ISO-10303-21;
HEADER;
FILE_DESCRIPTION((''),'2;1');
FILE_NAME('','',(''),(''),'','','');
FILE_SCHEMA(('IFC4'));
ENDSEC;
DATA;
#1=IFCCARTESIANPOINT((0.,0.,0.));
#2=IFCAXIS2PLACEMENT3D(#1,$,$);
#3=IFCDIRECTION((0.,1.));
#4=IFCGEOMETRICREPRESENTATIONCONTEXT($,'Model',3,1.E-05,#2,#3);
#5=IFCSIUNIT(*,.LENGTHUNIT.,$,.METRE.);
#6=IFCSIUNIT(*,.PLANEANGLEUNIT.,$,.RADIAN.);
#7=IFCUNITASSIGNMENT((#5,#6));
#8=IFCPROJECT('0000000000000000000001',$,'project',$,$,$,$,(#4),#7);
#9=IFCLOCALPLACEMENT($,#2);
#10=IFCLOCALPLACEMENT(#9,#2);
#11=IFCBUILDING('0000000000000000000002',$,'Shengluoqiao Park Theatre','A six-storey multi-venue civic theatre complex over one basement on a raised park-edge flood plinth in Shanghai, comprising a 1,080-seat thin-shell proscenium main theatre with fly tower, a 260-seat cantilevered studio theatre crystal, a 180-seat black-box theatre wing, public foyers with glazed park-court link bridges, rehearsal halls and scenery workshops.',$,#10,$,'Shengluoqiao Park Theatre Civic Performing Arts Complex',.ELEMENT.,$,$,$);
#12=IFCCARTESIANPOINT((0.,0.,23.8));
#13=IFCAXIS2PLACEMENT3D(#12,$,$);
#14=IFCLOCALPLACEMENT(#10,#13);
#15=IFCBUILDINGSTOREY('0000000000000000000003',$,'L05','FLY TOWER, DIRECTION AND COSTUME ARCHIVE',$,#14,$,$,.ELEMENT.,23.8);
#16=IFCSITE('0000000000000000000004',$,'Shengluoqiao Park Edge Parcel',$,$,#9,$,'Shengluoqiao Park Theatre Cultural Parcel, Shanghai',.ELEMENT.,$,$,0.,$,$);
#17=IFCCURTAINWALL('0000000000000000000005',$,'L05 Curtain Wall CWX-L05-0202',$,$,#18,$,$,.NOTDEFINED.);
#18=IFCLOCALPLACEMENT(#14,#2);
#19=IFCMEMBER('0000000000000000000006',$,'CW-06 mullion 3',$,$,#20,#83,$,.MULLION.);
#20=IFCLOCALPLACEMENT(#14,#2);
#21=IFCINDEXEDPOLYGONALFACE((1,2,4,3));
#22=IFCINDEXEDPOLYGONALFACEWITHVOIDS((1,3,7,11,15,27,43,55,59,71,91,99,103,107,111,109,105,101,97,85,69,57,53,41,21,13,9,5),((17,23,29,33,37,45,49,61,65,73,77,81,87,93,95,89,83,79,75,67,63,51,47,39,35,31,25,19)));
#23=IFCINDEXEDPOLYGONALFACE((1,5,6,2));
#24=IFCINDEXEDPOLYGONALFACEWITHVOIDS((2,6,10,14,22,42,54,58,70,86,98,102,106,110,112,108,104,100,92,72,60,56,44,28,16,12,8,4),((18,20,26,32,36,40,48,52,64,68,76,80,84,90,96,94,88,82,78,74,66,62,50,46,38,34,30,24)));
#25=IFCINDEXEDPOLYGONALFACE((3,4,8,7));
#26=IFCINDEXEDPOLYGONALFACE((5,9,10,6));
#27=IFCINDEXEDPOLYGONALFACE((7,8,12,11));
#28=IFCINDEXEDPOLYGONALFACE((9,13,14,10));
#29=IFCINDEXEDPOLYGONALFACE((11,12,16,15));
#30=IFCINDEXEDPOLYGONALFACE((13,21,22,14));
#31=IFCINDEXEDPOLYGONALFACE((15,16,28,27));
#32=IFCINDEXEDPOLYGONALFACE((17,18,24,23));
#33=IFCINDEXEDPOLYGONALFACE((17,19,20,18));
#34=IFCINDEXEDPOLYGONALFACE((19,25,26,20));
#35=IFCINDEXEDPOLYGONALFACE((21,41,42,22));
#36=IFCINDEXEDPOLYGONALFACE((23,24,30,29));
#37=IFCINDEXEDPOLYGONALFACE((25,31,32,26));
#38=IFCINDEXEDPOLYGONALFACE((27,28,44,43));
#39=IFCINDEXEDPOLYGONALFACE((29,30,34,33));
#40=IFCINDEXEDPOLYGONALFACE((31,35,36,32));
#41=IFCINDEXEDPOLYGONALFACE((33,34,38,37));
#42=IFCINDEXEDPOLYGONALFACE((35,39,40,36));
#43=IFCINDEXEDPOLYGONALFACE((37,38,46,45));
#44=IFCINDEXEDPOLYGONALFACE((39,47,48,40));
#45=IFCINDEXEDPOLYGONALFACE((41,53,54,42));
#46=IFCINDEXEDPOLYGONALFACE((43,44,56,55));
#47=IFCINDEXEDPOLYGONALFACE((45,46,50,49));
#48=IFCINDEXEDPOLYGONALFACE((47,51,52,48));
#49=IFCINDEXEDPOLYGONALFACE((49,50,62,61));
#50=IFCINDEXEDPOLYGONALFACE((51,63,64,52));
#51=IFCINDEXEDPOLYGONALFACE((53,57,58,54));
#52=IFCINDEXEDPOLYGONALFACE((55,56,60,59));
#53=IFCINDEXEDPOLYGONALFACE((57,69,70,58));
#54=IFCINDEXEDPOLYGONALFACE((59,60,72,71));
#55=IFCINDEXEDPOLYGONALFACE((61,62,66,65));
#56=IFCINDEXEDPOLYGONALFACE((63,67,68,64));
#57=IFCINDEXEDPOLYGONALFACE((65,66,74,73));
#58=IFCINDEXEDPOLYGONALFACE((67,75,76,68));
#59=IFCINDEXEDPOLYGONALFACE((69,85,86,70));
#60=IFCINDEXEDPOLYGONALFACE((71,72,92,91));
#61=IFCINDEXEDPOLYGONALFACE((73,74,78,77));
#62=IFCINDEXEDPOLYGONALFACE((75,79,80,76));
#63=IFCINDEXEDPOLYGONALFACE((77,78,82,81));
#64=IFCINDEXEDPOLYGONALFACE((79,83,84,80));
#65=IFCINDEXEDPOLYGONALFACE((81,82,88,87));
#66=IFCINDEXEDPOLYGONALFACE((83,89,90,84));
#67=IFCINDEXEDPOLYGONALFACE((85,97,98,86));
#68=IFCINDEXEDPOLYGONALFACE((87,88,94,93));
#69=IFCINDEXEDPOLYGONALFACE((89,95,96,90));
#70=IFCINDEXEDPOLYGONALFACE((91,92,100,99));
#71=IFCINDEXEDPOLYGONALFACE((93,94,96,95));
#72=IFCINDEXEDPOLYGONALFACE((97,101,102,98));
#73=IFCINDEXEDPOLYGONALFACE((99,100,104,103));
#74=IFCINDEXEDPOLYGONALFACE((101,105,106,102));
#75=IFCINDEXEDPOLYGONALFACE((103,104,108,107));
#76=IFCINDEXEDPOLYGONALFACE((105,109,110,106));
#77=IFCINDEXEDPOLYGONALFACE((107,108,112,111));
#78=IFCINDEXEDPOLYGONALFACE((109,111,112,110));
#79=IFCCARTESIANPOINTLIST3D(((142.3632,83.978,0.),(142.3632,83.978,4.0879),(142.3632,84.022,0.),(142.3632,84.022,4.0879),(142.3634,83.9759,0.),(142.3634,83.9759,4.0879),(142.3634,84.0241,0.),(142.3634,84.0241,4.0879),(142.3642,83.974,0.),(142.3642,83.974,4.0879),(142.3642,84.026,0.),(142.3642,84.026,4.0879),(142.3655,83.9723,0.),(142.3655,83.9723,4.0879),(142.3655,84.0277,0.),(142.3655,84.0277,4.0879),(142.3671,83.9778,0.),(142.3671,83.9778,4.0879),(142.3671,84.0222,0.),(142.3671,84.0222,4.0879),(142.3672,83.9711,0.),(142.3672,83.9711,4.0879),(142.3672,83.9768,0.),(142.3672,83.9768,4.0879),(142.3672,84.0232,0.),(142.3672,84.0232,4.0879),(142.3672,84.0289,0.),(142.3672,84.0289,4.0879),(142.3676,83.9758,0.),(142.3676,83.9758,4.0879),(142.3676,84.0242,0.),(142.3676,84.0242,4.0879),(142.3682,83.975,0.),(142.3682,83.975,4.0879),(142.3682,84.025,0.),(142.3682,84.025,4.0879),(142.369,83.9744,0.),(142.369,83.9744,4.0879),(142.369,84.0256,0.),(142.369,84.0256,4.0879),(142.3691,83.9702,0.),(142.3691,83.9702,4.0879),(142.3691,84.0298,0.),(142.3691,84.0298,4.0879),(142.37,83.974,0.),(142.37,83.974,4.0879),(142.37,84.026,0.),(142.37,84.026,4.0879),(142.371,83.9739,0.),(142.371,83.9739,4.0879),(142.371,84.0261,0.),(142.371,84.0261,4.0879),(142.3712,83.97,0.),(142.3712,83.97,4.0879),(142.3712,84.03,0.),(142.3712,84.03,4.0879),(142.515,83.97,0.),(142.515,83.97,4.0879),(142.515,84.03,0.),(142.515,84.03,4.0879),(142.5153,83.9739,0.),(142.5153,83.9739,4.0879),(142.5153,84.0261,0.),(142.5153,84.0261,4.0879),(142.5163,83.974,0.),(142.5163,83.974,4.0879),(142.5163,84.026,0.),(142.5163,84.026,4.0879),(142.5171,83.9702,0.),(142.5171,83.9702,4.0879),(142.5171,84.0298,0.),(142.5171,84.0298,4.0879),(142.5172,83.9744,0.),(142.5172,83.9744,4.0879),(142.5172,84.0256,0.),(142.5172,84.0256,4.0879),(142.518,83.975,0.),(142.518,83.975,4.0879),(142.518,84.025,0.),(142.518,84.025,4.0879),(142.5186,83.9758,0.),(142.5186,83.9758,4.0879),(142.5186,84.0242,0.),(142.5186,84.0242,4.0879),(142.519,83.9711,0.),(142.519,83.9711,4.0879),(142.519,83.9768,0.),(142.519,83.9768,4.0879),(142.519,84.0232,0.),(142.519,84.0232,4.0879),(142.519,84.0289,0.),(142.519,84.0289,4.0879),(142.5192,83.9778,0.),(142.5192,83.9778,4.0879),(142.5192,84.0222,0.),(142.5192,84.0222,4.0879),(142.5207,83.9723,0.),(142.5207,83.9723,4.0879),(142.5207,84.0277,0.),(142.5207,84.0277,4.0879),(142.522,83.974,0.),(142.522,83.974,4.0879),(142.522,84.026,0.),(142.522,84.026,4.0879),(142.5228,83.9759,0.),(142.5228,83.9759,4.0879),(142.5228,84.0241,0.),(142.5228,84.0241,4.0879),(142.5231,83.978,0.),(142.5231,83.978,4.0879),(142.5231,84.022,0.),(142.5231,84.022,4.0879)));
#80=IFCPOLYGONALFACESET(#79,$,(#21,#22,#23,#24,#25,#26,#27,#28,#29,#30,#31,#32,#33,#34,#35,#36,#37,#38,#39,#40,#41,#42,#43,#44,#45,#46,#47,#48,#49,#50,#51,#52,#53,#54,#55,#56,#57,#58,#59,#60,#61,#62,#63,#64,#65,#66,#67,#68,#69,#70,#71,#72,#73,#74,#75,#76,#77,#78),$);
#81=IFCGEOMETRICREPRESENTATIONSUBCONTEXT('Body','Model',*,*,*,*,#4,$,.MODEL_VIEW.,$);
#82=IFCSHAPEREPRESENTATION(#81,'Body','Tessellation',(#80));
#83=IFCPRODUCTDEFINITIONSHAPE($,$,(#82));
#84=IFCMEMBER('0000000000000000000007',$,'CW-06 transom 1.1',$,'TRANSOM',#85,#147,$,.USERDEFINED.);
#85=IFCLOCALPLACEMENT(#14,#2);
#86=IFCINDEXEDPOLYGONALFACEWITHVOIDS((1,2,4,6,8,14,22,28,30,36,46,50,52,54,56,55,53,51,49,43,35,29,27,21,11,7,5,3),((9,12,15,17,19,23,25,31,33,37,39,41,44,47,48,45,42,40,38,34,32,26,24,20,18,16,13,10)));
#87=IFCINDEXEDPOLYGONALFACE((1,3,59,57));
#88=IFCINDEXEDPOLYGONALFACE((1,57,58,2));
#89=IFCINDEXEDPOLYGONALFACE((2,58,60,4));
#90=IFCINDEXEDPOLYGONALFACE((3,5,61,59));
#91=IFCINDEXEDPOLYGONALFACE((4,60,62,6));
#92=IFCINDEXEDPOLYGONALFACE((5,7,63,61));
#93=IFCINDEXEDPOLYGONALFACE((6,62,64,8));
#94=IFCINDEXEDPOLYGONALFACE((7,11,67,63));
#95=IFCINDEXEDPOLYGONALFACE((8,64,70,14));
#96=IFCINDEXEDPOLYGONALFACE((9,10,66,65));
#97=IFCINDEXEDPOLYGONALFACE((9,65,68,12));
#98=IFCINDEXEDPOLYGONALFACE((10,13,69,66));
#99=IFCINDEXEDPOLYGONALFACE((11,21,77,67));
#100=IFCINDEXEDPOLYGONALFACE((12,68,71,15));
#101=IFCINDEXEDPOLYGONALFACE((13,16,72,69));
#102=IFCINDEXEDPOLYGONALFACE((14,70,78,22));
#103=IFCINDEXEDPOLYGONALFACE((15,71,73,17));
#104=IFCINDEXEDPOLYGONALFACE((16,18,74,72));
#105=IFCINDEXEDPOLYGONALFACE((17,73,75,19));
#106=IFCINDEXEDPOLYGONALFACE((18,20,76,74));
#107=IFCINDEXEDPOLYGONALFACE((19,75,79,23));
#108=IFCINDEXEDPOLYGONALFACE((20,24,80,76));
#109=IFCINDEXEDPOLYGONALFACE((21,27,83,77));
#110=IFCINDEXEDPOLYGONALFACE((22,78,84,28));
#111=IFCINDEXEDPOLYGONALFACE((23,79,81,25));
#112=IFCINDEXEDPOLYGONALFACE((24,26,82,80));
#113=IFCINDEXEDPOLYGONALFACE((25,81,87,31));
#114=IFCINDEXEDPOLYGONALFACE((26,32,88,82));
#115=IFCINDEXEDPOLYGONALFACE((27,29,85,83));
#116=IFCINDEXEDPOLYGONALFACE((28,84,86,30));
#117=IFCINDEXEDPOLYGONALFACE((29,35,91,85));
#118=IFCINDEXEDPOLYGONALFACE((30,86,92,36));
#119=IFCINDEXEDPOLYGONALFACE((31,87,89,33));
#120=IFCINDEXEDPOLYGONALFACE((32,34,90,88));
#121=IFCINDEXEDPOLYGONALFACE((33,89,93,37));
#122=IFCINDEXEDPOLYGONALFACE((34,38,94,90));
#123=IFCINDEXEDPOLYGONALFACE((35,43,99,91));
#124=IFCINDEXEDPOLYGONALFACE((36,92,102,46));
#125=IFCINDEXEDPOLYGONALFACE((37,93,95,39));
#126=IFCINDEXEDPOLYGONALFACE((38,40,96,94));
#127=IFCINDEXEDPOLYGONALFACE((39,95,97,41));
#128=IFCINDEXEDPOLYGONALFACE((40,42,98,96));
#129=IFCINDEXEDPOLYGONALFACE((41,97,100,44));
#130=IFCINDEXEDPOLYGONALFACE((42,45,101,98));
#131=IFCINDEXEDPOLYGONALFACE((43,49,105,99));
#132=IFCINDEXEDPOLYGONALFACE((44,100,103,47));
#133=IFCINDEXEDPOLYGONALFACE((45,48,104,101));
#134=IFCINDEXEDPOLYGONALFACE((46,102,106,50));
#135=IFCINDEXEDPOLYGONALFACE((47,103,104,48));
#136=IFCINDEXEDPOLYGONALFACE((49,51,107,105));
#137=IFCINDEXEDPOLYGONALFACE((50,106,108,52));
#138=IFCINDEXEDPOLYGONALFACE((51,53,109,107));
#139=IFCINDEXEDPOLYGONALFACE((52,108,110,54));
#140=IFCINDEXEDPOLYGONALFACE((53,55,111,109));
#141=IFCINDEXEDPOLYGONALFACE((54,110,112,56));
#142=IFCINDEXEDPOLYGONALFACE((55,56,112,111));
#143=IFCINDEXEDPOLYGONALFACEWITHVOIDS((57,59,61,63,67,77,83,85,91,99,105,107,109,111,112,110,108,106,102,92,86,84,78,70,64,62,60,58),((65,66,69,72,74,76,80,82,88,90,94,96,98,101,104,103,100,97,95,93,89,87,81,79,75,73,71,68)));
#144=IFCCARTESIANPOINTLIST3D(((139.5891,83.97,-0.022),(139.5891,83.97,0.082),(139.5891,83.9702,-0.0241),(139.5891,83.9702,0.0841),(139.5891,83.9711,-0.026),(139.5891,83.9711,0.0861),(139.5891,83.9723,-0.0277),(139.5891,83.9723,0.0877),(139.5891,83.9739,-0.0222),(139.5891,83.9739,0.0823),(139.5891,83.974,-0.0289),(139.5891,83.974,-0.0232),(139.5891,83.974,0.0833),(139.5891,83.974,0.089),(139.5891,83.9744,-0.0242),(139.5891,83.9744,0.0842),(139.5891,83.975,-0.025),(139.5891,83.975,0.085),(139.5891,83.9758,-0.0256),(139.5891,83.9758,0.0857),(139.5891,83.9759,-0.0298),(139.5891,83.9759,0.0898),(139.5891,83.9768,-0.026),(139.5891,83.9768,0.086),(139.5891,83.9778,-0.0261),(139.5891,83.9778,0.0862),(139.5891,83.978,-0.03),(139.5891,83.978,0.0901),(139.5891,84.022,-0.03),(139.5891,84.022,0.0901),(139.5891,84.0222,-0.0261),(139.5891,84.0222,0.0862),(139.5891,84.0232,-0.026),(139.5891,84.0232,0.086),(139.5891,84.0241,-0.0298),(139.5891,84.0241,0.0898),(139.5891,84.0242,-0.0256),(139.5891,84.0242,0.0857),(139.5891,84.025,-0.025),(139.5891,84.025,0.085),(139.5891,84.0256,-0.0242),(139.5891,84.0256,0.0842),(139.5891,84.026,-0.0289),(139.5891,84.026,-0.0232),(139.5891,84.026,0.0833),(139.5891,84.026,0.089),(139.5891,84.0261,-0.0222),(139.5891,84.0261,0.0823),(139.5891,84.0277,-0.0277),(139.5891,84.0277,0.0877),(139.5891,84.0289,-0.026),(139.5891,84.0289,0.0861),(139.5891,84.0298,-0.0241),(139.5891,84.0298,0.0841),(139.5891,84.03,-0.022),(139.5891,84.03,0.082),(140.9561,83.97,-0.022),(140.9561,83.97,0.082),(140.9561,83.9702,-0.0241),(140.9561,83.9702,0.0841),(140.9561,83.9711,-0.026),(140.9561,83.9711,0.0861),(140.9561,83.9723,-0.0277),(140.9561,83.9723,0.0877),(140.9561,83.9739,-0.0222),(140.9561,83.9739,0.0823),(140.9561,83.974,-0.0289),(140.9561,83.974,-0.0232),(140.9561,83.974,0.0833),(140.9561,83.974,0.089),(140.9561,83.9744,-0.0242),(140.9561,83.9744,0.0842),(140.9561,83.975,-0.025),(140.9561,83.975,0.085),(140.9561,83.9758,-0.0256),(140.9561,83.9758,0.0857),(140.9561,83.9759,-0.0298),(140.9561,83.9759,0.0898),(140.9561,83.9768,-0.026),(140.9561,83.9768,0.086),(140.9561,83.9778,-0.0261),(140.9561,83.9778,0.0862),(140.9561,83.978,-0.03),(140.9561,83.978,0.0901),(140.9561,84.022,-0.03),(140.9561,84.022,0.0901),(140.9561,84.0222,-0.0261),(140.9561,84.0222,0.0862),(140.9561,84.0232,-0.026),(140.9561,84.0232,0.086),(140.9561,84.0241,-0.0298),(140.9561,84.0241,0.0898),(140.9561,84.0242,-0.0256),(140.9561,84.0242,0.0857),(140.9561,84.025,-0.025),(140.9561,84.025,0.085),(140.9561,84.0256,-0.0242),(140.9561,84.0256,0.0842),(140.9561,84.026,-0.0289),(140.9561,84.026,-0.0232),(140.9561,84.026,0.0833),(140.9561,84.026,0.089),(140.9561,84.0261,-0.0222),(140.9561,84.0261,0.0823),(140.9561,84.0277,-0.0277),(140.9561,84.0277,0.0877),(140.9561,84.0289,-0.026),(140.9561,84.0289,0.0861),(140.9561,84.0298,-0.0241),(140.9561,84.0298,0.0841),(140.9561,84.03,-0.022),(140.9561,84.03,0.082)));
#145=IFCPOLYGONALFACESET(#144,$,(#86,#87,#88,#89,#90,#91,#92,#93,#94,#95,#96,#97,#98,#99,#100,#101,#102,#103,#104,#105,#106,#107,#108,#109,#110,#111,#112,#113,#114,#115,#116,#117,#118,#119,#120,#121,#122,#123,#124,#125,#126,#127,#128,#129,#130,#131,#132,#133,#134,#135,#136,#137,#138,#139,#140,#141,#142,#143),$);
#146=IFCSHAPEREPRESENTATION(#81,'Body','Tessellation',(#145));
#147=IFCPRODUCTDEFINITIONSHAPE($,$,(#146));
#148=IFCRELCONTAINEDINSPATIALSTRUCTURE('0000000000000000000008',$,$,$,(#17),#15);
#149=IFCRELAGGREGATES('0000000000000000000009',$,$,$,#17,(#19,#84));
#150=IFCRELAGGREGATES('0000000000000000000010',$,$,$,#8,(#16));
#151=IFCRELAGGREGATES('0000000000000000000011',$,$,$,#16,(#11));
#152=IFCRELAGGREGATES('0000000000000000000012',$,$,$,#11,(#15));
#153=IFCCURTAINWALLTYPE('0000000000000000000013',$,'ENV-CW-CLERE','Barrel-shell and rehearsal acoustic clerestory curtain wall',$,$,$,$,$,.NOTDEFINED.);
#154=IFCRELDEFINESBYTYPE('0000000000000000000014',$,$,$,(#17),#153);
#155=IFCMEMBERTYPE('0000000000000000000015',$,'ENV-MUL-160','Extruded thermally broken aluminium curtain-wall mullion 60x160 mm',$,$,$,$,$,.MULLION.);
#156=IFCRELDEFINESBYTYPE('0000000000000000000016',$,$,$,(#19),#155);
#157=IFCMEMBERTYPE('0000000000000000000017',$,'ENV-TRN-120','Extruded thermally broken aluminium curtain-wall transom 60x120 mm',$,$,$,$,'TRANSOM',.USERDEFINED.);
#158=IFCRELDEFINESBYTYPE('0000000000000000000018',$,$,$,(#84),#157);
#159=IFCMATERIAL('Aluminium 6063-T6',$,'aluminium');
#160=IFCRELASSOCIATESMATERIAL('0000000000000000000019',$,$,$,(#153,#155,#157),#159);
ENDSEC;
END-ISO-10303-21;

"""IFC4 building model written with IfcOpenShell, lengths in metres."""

from ifc_helpers import new_model, si_unit, direction, frame, origin, origin_2d, place, context, subcontext, project, spatial, hollow_rectangle, extrude, material, material_profile, profile_set, type_object, element, aggregate, save


model = new_model("IFC4")

# Units and contexts
model_context = context("Model", 3, precision=1e-05, world=origin(), true_north=direction((0.0, 1.0)))
body_context = subcontext(model_context, "Body", "Model", "MODEL_VIEW")
ifc_project = project(units=[si_unit("LENGTHUNIT", "METRE"), si_unit("PLANEANGLEUNIT", "RADIAN")], contexts=[model_context])

# Site, building, storey
site_placement = place(None, origin())
site = spatial("IfcSite", under=ifc_project, at=site_placement, Name="Shengluoqiao Park Edge Parcel", LongName="Shengluoqiao Park Theatre Cultural Parcel, Shanghai", CompositionType="ELEMENT", RefElevation=0.0)
building_placement = place(site_placement, origin())
building = spatial("IfcBuilding", under=site, at=building_placement, Name="Shengluoqiao Park Theatre", Description="A six-storey multi-venue civic theatre complex over one basement on a raised park-edge flood plinth in Shanghai, comprising a 1,080-seat thin-shell proscenium main theatre with fly tower, a 260-seat cantilevered studio theatre crystal, a 180-seat black-box theatre wing, public foyers with glazed park-court link bridges, rehearsal halls and scenery workshops.", LongName="Shengluoqiao Park Theatre Civic Performing Arts Complex", CompositionType="ELEMENT")
storey_placement = place(building_placement, frame((0.0, 0.0, 23.8)))
storey = spatial("IfcBuildingStorey", under=building, at=storey_placement, Name="L05", Description="FLY TOWER, DIRECTION AND COSTUME ARCHIVE", CompositionType="ELEMENT", Elevation=23.8)

# Curtain wall, members
ifc_material_1 = material(Name="Aluminium 6063-T6", Category="aluminium")
curtain_wall_type = type_object("IfcCurtainWallType", Name="ENV-CW-CLERE", Description="Barrel-shell and rehearsal acoustic clerestory curtain wall", PredefinedType="NOTDEFINED", material=ifc_material_1)
curtain_wall_placement = place(storey_placement, origin())
curtain_wall = element("IfcCurtainWall", 1, at=curtain_wall_placement, inside=storey, type_object=curtain_wall_type, Name="L05 Curtain Wall CWX-L05-0202", PredefinedType="NOTDEFINED")
ifc_material_profile_1 = material_profile(ifc_material_1, hollow_rectangle(XDim=0.0601, YDim=0.1599, WallThickness=0.0039, InnerFilletRadius=0.0039, OuterFilletRadius=0.0081, at=origin_2d()), Name="ALU MULLION 160x60x4")
ifc_profile_set_1 = profile_set([ifc_material_profile_1], Name="Aluminium 6063-T6")
member_type_1 = type_object("IfcMemberType", Name="ENV-MUL-160", Description="Extruded thermally broken aluminium curtain-wall mullion 60x160 mm", PredefinedType="MULLION", material=ifc_profile_set_1)
member_1_placement = place(storey_placement, frame((142.4431, 84.0, 0.0), z_axis=(0.0, 0.0, 1.0), x_axis=(0.0, 1.0, 0.0)))
member_1 = element("IfcMember", 2, at=member_1_placement, type_object=member_type_1, Name="CW-06 mullion 3", PredefinedType="MULLION", context=body_context, shape_type="SweptSolid", body=[
    extrude(hollow_rectangle(XDim=0.0601, YDim=0.1599, WallThickness=0.0039, InnerFilletRadius=0.0039, OuterFilletRadius=0.0081, at=origin_2d()), origin(), (0.0, 0.0, 1.0), 4.0879),
])
ifc_material_profile_2 = material_profile(ifc_material_1, hollow_rectangle(XDim=0.0601, YDim=0.1201, WallThickness=0.0039, InnerFilletRadius=0.0039, OuterFilletRadius=0.0081, at=origin_2d()), Name="ALU TRANSOM 120x60x4")
ifc_profile_set_2 = profile_set([ifc_material_profile_2], Name="Aluminium 6063-T6")
member_type_2 = type_object("IfcMemberType", Name="ENV-TRN-120", Description="Extruded thermally broken aluminium curtain-wall transom 60x120 mm", ElementType="TRANSOM", PredefinedType="USERDEFINED", material=ifc_profile_set_2)
member_2_placement = place(storey_placement, frame((139.5891, 84.0, 0.03), z_axis=(1.0, 0.0, 0.0), x_axis=(0.0, 1.0, 0.0)))
member_2 = element("IfcMember", 3, at=member_2_placement, type_object=member_type_2, Name="CW-06 transom 1.1", ObjectType="TRANSOM", PredefinedType="USERDEFINED", context=body_context, shape_type="SweptSolid", body=[
    extrude(hollow_rectangle(XDim=0.0601, YDim=0.1201, WallThickness=0.0039, InnerFilletRadius=0.0039, OuterFilletRadius=0.0081, at=origin_2d()), origin(), (0.0, 0.0, 1.0), 1.3669),
])

aggregate(curtain_wall, [member_1, member_2])

save(model, "model.ifc")
